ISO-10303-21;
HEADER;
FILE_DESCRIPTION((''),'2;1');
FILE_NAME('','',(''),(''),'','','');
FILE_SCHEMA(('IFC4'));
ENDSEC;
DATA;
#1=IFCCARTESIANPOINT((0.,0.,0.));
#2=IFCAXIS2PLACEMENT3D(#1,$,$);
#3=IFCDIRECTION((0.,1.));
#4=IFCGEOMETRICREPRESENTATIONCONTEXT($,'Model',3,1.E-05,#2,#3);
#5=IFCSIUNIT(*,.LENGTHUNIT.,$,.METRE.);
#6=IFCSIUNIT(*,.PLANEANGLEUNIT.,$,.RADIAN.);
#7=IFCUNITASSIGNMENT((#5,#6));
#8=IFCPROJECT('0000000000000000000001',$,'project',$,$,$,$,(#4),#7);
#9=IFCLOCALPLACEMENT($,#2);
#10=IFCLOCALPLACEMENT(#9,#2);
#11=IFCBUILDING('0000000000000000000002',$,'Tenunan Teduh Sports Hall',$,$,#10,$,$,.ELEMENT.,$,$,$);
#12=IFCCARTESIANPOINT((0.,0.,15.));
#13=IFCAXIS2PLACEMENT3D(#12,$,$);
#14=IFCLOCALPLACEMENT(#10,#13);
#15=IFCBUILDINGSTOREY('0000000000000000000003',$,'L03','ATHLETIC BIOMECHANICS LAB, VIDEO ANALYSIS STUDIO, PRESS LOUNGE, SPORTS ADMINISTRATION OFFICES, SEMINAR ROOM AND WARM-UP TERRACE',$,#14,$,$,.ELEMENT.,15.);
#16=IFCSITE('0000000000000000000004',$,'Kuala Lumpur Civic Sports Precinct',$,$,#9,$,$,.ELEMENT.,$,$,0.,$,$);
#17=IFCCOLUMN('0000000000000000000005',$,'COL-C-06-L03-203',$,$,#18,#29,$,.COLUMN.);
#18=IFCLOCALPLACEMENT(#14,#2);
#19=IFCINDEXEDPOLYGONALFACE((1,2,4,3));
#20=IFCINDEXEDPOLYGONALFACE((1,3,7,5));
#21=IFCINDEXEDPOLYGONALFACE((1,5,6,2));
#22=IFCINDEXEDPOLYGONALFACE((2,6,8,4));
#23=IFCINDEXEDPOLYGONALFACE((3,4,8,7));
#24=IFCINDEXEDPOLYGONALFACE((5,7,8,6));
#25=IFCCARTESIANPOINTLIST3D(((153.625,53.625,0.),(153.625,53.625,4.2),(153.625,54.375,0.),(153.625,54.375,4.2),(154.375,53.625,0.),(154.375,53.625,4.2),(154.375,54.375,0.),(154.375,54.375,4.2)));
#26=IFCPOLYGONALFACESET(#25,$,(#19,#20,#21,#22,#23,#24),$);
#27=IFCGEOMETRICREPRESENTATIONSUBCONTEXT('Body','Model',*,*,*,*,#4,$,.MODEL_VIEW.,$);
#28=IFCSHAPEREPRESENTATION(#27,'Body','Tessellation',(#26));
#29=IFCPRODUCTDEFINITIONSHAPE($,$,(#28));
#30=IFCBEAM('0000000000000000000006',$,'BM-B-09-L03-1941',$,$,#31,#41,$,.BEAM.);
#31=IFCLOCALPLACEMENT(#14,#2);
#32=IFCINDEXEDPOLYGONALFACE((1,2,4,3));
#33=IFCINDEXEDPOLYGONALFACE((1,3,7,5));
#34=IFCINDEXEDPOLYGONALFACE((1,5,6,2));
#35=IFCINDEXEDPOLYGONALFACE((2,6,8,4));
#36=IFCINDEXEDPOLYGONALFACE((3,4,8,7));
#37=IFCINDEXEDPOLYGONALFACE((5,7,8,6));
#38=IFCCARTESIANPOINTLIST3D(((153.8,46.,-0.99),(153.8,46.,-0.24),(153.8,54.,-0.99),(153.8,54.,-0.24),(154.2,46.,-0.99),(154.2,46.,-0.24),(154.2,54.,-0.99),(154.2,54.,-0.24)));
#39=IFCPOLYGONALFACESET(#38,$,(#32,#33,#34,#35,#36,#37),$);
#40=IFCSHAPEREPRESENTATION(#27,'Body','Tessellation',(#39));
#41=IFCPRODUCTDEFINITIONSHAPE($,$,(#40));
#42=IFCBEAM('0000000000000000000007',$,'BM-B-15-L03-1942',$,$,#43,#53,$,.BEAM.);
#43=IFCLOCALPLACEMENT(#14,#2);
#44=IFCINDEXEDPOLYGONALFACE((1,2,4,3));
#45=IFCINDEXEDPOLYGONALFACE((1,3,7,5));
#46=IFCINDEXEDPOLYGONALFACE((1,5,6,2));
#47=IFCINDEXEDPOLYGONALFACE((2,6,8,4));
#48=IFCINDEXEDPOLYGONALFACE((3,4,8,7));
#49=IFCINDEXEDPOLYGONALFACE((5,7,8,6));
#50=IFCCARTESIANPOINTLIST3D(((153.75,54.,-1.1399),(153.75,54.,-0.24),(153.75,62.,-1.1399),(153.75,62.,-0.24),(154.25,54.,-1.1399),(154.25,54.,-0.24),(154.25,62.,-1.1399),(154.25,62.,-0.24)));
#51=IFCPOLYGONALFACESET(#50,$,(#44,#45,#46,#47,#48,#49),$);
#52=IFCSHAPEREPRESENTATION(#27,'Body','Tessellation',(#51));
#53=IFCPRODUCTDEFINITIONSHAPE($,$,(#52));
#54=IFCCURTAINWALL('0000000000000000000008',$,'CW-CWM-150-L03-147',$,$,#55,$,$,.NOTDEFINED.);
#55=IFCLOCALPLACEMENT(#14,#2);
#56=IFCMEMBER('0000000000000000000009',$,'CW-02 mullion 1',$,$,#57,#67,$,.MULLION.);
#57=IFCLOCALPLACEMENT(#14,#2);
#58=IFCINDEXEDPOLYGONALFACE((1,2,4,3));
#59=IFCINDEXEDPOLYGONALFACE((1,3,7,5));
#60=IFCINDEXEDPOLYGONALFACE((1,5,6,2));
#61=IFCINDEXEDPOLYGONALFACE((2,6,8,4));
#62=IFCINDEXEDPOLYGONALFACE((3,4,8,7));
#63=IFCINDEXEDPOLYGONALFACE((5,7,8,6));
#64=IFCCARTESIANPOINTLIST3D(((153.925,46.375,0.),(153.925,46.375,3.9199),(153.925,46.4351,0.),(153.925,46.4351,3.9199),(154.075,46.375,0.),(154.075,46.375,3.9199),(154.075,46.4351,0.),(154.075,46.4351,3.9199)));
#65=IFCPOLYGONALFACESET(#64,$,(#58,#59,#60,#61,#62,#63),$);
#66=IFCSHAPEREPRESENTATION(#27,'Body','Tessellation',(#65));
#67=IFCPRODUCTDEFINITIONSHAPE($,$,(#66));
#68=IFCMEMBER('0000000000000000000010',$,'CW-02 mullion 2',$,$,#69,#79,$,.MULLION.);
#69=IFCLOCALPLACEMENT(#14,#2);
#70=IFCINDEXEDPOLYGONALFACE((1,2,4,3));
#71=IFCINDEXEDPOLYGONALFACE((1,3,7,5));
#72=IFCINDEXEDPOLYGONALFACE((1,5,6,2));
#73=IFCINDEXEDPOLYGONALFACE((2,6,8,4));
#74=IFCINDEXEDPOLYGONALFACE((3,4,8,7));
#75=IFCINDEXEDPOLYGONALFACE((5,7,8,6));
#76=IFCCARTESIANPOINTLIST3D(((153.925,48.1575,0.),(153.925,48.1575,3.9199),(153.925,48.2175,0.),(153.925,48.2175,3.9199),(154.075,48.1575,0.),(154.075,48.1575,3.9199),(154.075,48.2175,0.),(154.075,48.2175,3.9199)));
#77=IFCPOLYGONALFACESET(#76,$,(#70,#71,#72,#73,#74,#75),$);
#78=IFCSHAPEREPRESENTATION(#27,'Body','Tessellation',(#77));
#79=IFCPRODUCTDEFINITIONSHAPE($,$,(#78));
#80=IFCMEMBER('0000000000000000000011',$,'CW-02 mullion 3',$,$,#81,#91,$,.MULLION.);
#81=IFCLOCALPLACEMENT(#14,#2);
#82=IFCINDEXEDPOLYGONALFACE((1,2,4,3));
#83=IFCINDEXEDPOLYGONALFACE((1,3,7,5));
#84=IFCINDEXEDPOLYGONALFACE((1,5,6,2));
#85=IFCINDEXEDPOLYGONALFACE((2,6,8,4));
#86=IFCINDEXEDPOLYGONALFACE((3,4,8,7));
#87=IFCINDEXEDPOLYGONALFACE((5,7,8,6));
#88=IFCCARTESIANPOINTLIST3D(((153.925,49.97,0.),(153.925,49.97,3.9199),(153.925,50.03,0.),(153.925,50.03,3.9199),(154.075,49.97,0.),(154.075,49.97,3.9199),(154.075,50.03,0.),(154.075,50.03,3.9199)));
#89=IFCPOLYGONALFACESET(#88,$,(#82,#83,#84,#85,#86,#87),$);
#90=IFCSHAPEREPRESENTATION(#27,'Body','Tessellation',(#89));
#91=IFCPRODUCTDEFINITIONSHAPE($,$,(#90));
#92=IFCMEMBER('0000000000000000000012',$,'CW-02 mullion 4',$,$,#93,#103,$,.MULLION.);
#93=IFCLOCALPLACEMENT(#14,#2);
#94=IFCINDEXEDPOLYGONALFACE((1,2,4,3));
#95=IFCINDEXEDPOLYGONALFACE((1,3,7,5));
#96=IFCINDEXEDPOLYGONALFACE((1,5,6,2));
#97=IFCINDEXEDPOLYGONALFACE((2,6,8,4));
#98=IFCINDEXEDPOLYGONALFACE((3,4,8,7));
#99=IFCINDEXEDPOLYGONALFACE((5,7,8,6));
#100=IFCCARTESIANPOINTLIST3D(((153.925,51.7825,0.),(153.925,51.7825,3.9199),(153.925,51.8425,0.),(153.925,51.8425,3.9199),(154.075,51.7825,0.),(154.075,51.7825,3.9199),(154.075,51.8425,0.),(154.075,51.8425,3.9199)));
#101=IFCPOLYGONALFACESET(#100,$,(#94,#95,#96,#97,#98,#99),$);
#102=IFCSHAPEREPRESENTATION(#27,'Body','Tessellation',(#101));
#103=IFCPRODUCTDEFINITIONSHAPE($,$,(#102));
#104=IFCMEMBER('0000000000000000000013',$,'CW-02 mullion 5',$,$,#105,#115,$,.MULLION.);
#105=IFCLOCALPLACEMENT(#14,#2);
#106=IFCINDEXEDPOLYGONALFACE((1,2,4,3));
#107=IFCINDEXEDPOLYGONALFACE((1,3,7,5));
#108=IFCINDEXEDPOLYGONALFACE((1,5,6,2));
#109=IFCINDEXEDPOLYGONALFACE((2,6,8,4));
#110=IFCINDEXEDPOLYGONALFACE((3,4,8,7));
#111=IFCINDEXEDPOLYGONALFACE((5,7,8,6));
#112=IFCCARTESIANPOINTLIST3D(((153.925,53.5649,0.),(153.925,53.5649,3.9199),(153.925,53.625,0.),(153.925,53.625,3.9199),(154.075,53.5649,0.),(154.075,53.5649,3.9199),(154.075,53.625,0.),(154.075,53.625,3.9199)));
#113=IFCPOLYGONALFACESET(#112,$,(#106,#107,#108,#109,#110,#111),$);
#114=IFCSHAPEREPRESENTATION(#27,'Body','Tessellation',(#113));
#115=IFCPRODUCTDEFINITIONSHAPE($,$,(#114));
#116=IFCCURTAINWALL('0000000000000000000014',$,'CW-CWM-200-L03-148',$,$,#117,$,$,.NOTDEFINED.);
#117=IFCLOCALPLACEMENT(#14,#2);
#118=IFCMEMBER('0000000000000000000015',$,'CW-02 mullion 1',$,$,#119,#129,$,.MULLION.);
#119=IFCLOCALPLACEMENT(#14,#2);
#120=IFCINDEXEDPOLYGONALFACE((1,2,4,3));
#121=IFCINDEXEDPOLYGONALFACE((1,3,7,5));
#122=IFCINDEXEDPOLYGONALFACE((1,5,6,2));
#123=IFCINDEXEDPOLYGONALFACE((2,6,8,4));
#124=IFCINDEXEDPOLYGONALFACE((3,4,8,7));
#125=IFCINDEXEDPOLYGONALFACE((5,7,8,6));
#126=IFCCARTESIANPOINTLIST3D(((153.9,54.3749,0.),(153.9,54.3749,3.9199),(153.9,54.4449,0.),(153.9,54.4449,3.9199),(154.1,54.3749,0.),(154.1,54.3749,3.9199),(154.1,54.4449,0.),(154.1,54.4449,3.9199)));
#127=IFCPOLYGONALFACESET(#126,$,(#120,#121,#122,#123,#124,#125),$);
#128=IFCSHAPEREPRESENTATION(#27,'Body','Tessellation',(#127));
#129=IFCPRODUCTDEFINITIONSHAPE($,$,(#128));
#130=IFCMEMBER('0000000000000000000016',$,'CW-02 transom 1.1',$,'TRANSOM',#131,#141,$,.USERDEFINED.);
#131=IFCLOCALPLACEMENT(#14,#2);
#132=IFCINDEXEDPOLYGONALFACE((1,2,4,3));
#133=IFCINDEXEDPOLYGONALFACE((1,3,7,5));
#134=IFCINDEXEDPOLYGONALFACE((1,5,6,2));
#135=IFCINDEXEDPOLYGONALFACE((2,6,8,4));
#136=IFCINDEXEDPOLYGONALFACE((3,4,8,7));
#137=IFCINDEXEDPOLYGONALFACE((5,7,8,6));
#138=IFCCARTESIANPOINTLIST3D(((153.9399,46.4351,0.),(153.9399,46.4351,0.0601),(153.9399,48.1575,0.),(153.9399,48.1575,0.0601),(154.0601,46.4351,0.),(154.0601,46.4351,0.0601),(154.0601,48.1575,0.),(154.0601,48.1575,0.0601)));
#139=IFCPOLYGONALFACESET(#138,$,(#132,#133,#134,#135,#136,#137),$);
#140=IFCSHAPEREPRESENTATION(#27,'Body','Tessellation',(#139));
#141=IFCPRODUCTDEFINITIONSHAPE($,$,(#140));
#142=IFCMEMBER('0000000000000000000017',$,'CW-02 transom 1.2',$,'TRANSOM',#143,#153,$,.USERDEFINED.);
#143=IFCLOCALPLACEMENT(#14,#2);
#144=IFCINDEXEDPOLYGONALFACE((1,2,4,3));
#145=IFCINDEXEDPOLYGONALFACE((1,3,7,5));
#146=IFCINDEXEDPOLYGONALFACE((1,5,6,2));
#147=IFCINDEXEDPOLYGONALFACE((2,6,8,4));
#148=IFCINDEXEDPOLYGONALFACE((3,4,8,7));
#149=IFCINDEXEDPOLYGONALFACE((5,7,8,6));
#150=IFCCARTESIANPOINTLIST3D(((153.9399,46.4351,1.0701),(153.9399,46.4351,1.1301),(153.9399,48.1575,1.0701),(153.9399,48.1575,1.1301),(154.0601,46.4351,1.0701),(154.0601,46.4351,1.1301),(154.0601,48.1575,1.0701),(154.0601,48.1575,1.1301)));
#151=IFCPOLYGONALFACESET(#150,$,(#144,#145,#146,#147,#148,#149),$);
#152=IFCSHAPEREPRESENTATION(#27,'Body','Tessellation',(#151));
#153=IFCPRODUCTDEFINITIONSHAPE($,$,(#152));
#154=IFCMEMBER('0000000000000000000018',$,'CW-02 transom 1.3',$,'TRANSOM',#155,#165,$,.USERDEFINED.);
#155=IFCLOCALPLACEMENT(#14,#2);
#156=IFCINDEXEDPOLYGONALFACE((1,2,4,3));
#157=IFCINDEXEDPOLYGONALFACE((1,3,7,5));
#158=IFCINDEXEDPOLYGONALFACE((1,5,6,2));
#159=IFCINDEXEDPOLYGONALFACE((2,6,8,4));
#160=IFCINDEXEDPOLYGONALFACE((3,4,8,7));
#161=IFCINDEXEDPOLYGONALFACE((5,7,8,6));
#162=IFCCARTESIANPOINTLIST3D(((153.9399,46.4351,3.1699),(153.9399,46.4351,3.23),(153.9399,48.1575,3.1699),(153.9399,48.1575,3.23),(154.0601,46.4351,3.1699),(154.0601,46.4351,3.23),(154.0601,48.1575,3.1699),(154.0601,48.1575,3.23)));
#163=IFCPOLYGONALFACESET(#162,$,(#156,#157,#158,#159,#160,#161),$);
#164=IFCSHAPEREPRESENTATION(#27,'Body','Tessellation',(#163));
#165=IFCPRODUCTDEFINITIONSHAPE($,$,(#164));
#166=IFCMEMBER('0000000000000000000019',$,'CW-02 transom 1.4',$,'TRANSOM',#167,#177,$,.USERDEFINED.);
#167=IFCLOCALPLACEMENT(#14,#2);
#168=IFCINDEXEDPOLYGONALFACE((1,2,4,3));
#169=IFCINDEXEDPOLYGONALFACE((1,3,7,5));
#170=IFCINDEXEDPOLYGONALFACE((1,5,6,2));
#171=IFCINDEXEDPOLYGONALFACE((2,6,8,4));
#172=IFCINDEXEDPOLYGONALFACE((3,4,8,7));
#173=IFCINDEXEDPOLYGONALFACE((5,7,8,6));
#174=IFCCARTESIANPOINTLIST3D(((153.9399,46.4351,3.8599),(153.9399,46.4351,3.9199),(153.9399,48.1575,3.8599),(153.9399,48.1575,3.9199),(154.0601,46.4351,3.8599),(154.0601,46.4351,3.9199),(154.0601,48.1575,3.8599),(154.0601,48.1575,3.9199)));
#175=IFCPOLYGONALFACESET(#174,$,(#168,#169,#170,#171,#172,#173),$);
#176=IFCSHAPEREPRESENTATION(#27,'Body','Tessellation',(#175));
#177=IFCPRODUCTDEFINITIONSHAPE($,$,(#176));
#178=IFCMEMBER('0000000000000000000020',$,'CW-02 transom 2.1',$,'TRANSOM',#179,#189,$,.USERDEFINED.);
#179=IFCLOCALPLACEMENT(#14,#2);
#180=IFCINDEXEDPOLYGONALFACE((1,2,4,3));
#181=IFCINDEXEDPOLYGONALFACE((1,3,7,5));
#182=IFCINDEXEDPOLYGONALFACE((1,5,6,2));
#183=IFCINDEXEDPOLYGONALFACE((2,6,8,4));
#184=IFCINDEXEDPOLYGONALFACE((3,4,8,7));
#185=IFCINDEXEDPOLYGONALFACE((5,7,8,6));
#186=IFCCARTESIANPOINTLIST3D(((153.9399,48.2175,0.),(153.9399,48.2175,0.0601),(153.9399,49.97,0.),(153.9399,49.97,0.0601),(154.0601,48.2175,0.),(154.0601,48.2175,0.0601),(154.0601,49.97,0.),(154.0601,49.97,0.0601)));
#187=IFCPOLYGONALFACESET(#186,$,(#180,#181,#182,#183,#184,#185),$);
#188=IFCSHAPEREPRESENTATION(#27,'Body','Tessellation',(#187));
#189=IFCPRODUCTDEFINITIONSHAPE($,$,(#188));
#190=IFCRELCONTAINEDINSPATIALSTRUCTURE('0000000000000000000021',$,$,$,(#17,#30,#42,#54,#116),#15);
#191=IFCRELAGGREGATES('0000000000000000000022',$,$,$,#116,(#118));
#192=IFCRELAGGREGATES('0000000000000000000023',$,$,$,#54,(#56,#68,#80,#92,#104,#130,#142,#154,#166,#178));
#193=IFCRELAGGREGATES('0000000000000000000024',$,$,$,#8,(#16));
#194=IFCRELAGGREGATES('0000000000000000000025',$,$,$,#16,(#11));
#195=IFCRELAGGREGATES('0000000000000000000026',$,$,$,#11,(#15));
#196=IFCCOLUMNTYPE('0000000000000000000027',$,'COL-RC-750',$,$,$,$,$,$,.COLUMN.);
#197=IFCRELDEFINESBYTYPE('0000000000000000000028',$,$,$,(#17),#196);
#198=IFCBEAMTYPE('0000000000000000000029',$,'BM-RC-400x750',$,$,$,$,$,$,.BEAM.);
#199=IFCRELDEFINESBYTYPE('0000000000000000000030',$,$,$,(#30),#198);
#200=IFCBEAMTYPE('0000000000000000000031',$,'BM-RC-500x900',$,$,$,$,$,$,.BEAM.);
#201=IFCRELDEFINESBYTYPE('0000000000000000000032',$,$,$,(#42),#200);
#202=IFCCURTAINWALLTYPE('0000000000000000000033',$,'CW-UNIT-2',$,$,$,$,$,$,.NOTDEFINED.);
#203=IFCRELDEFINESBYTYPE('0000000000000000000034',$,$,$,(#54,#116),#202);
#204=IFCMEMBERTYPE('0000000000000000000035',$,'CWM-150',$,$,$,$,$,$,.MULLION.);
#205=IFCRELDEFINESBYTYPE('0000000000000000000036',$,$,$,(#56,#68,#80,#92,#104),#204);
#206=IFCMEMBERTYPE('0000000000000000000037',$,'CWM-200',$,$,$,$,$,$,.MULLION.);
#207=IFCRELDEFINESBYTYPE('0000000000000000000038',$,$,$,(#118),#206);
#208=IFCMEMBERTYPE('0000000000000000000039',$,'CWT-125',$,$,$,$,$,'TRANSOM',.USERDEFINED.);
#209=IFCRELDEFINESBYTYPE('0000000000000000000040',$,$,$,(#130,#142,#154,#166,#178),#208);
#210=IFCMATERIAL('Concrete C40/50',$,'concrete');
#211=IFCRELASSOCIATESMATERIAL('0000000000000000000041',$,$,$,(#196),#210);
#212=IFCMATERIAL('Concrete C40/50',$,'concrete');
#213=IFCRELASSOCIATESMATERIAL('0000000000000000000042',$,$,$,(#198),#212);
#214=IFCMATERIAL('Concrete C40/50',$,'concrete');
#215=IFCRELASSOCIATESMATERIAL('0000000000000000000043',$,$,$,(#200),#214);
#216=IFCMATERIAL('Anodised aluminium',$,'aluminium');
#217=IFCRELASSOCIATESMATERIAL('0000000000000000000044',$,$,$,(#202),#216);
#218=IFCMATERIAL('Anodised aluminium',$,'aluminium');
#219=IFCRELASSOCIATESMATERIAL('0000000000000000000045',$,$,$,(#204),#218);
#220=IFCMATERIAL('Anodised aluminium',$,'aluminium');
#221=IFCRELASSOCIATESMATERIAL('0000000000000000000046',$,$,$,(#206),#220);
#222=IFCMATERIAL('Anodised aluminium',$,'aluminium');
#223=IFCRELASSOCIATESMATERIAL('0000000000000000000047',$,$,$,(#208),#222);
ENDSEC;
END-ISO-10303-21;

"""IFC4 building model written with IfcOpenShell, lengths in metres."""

from ifc_helpers import new_model, si_unit, direction, frame, origin, origin_2d, place, context, subcontext, project, spatial, rectangle, extrude, material, material_profile, profile_set, type_object, element, aggregate, save


model = new_model("IFC4")

# Units and contexts
model_context = context("Model", 3, precision=1e-05, world=origin(), true_north=direction((0.0, 1.0)))
body_context = subcontext(model_context, "Body", "Model", "MODEL_VIEW")
ifc_project = project(units=[si_unit("LENGTHUNIT", "METRE"), si_unit("PLANEANGLEUNIT", "RADIAN")], contexts=[model_context])

# Site, building, storey
site_placement = place(None, origin())
site = spatial("IfcSite", under=ifc_project, at=site_placement, Name="Kuala Lumpur Civic Sports Precinct", CompositionType="ELEMENT", RefElevation=0.0)
building_placement = place(site_placement, origin())
building = spatial("IfcBuilding", under=site, at=building_placement, Name="Tenunan Teduh Sports Hall", CompositionType="ELEMENT")
storey_placement = place(building_placement, frame((0.0, 0.0, 15.0)))
storey = spatial("IfcBuildingStorey", under=building, at=storey_placement, Name="L03", Description="ATHLETIC BIOMECHANICS LAB, VIDEO ANALYSIS STUDIO, PRESS LOUNGE, SPORTS ADMINISTRATION OFFICES, SEMINAR ROOM AND WARM-UP TERRACE", CompositionType="ELEMENT", Elevation=15.0)

# Column
ifc_material_1 = material(Name="Concrete C40/50", Category="concrete")
ifc_material_profile_1 = material_profile(ifc_material_1, rectangle(XDim=0.75, YDim=0.75, at=origin_2d()), Name="RC 750x750")
ifc_profile_set_1 = profile_set([ifc_material_profile_1], Name="Concrete C40/50")
column_type = type_object("IfcColumnType", Name="COL-RC-750", PredefinedType="COLUMN", material=ifc_profile_set_1)
column_placement = place(storey_placement, frame((154.0, 54.0, 0.0), z_axis=(0.0, 0.0, 1.0), x_axis=(1.0, 0.0, 0.0)))
element("IfcColumn", 1, at=column_placement, inside=storey, type_object=column_type, Name="COL-C-06-L03-203", PredefinedType="COLUMN", context=body_context, shape_type="SweptSolid", body=[
    extrude(rectangle(XDim=0.75, YDim=0.75, at=origin_2d()), origin(), (0.0, 0.0, 1.0), 4.2),
])

# Beams
ifc_material_2 = material(Name="Concrete C40/50", Category="concrete")
ifc_material_profile_2 = material_profile(ifc_material_2, rectangle(XDim=0.3999, YDim=0.75, at=origin_2d()), Name="RCB 400x750")
ifc_profile_set_2 = profile_set([ifc_material_profile_2], Name="Concrete C40/50")
beam_type_1 = type_object("IfcBeamType", Name="BM-RC-400x750", PredefinedType="BEAM", material=ifc_profile_set_2)
beam_1_placement = place(storey_placement, frame((154.0, 46.0, -0.615), z_axis=(0.0, 1.0, 0.0), x_axis=(-1.0, 0.0, 0.0)))
element("IfcBeam", 2, at=beam_1_placement, inside=storey, type_object=beam_type_1, Name="BM-B-09-L03-1941", PredefinedType="BEAM", context=body_context, shape_type="SweptSolid", body=[
    extrude(rectangle(XDim=0.3999, YDim=0.75, at=origin_2d()), origin(), (0.0, 0.0, 1.0), 8.0),
])
ifc_material_3 = material(Name="Concrete C40/50", Category="concrete")
ifc_material_profile_3 = material_profile(ifc_material_3, rectangle(XDim=0.5, YDim=0.8999, at=origin_2d()), Name="RCB 500x900")
ifc_profile_set_3 = profile_set([ifc_material_profile_3], Name="Concrete C40/50")
beam_type_2 = type_object("IfcBeamType", Name="BM-RC-500x900", PredefinedType="BEAM", material=ifc_profile_set_3)
beam_2_placement = place(storey_placement, frame((154.0, 54.0, -0.6899), z_axis=(0.0, 1.0, 0.0), x_axis=(-1.0, 0.0, 0.0)))
element("IfcBeam", 3, at=beam_2_placement, inside=storey, type_object=beam_type_2, Name="BM-B-15-L03-1942", PredefinedType="BEAM", context=body_context, shape_type="SweptSolid", body=[
    extrude(rectangle(XDim=0.5, YDim=0.8999, at=origin_2d()), origin(), (0.0, 0.0, 1.0), 8.0),
])

# Curtain wall, members
ifc_material_4 = material(Name="Anodised aluminium", Category="aluminium")
curtain_wall_type = type_object("IfcCurtainWallType", Name="CW-UNIT-2", PredefinedType="NOTDEFINED", material=ifc_material_4)
curtain_wall_1_placement = place(storey_placement, origin())
curtain_wall_1 = element("IfcCurtainWall", 4, at=curtain_wall_1_placement, inside=storey, type_object=curtain_wall_type, Name="CW-CWM-150-L03-147", PredefinedType="NOTDEFINED")
ifc_material_5 = material(Name="Anodised aluminium", Category="aluminium")
ifc_material_profile_4 = material_profile(ifc_material_5, rectangle(XDim=0.0601, YDim=0.1499, at=origin_2d()), Name="CWM 60x150")
ifc_profile_set_4 = profile_set([ifc_material_profile_4], Name="Anodised aluminium")
member_type_1 = type_object("IfcMemberType", Name="CWM-150", PredefinedType="MULLION", material=ifc_profile_set_4)
member_1_placement = place(storey_placement, frame((154.0, 46.405, 0.0), z_axis=(0.0, 0.0, 1.0), x_axis=(0.0, 1.0, 0.0)))
member_1 = element("IfcMember", 5, at=member_1_placement, type_object=member_type_1, Name="CW-02 mullion 1", PredefinedType="MULLION", context=body_context, shape_type="SweptSolid", body=[
    extrude(rectangle(XDim=0.0601, YDim=0.1499, at=origin_2d()), origin(), (0.0, 0.0, 1.0), 3.9199),
])
member_2_placement = place(storey_placement, frame((154.0, 48.1875, 0.0), z_axis=(0.0, 0.0, 1.0), x_axis=(0.0, 1.0, 0.0)))
member_2 = element("IfcMember", 6, at=member_2_placement, type_object=member_type_1, Name="CW-02 mullion 2", PredefinedType="MULLION", context=body_context, shape_type="SweptSolid", body=[
    extrude(rectangle(XDim=0.0601, YDim=0.1499, at=origin_2d()), origin(), (0.0, 0.0, 1.0), 3.9199),
])
member_3_placement = place(storey_placement, frame((154.0, 50.0, 0.0), z_axis=(0.0, 0.0, 1.0), x_axis=(0.0, 1.0, 0.0)))
member_3 = element("IfcMember", 7, at=member_3_placement, type_object=member_type_1, Name="CW-02 mullion 3", PredefinedType="MULLION", context=body_context, shape_type="SweptSolid", body=[
    extrude(rectangle(XDim=0.0601, YDim=0.1499, at=origin_2d()), origin(), (0.0, 0.0, 1.0), 3.9199),
])
member_4_placement = place(storey_placement, frame((154.0, 51.8125, 0.0), z_axis=(0.0, 0.0, 1.0), x_axis=(0.0, 1.0, 0.0)))
member_4 = element("IfcMember", 8, at=member_4_placement, type_object=member_type_1, Name="CW-02 mullion 4", PredefinedType="MULLION", context=body_context, shape_type="SweptSolid", body=[
    extrude(rectangle(XDim=0.0601, YDim=0.1499, at=origin_2d()), origin(), (0.0, 0.0, 1.0), 3.9199),
])
member_5_placement = place(storey_placement, frame((154.0, 53.595, 0.0), z_axis=(0.0, 0.0, 1.0), x_axis=(0.0, 1.0, 0.0)))
member_5 = element("IfcMember", 9, at=member_5_placement, type_object=member_type_1, Name="CW-02 mullion 5", PredefinedType="MULLION", context=body_context, shape_type="SweptSolid", body=[
    extrude(rectangle(XDim=0.0601, YDim=0.1499, at=origin_2d()), origin(), (0.0, 0.0, 1.0), 3.9199),
])

# Curtain wall, member
curtain_wall_2_placement = place(storey_placement, origin())
curtain_wall_2 = element("IfcCurtainWall", 10, at=curtain_wall_2_placement, inside=storey, type_object=curtain_wall_type, Name="CW-CWM-200-L03-148", PredefinedType="NOTDEFINED")
ifc_material_6 = material(Name="Anodised aluminium", Category="aluminium")
ifc_material_profile_5 = material_profile(ifc_material_6, rectangle(XDim=0.0701, YDim=0.2, at=origin_2d()), Name="CWM 70x200")
ifc_profile_set_5 = profile_set([ifc_material_profile_5], Name="Anodised aluminium")
member_type_2 = type_object("IfcMemberType", Name="CWM-200", PredefinedType="MULLION", material=ifc_profile_set_5)
member_6_placement = place(storey_placement, frame((154.0, 54.4099, 0.0), z_axis=(0.0, 0.0, 1.0), x_axis=(0.0, 1.0, 0.0)))
member_6 = element("IfcMember", 11, at=member_6_placement, type_object=member_type_2, Name="CW-02 mullion 1", PredefinedType="MULLION", context=body_context, shape_type="SweptSolid", body=[
    extrude(rectangle(XDim=0.0701, YDim=0.2, at=origin_2d()), origin(), (0.0, 0.0, 1.0), 3.9199),
])

# Members
ifc_material_7 = material(Name="Anodised aluminium", Category="aluminium")
ifc_material_profile_6 = material_profile(ifc_material_7, rectangle(XDim=0.0601, YDim=0.1201, at=origin_2d()), Name="CWT 60x120")
ifc_profile_set_6 = profile_set([ifc_material_profile_6], Name="Anodised aluminium")
member_type_3 = type_object("IfcMemberType", Name="CWT-125", ElementType="TRANSOM", PredefinedType="USERDEFINED", material=ifc_profile_set_6)
member_7_placement = place(storey_placement, frame((154.0, 46.4351, 0.03), z_axis=(0.0, 1.0, 0.0), x_axis=(0.0, 0.0, 1.0)))
member_7 = element("IfcMember", 12, at=member_7_placement, type_object=member_type_3, Name="CW-02 transom 1.1", ObjectType="TRANSOM", PredefinedType="USERDEFINED", context=body_context, shape_type="SweptSolid", body=[
    extrude(rectangle(XDim=0.0601, YDim=0.1201, at=origin_2d()), origin(), (0.0, 0.0, 1.0), 1.7224),
])
member_8_placement = place(storey_placement, frame((154.0, 46.4351, 1.1001), z_axis=(0.0, 1.0, 0.0), x_axis=(0.0, 0.0, 1.0)))
member_8 = element("IfcMember", 13, at=member_8_placement, type_object=member_type_3, Name="CW-02 transom 1.2", ObjectType="TRANSOM", PredefinedType="USERDEFINED", context=body_context, shape_type="SweptSolid", body=[
    extrude(rectangle(XDim=0.0601, YDim=0.1201, at=origin_2d()), origin(), (0.0, 0.0, 1.0), 1.7224),
])
member_9_placement = place(storey_placement, frame((154.0, 46.4351, 3.2), z_axis=(0.0, 1.0, 0.0), x_axis=(0.0, 0.0, 1.0)))
member_9 = element("IfcMember", 14, at=member_9_placement, type_object=member_type_3, Name="CW-02 transom 1.3", ObjectType="TRANSOM", PredefinedType="USERDEFINED", context=body_context, shape_type="SweptSolid", body=[
    extrude(rectangle(XDim=0.0601, YDim=0.1201, at=origin_2d()), origin(), (0.0, 0.0, 1.0), 1.7224),
])
member_10_placement = place(storey_placement, frame((154.0, 46.4351, 3.8899), z_axis=(0.0, 1.0, 0.0), x_axis=(0.0, 0.0, 1.0)))
member_10 = element("IfcMember", 15, at=member_10_placement, type_object=member_type_3, Name="CW-02 transom 1.4", ObjectType="TRANSOM", PredefinedType="USERDEFINED", context=body_context, shape_type="SweptSolid", body=[
    extrude(rectangle(XDim=0.0601, YDim=0.1201, at=origin_2d()), origin(), (0.0, 0.0, 1.0), 1.7224),
])
member_11_placement = place(storey_placement, frame((154.0, 48.2175, 0.03), z_axis=(0.0, 1.0, 0.0), x_axis=(0.0, 0.0, 1.0)))
member_11 = element("IfcMember", 16, at=member_11_placement, type_object=member_type_3, Name="CW-02 transom 2.1", ObjectType="TRANSOM", PredefinedType="USERDEFINED", context=body_context, shape_type="SweptSolid", body=[
    extrude(rectangle(XDim=0.0601, YDim=0.1201, at=origin_2d()), origin(), (0.0, 0.0, 1.0), 1.7524),
])
aggregate(curtain_wall_2, [member_6])

aggregate(curtain_wall_1, [member_1, member_2, member_3, member_4, member_5, member_7, member_8, member_9, member_10, member_11])

save(model, "model.ifc")
